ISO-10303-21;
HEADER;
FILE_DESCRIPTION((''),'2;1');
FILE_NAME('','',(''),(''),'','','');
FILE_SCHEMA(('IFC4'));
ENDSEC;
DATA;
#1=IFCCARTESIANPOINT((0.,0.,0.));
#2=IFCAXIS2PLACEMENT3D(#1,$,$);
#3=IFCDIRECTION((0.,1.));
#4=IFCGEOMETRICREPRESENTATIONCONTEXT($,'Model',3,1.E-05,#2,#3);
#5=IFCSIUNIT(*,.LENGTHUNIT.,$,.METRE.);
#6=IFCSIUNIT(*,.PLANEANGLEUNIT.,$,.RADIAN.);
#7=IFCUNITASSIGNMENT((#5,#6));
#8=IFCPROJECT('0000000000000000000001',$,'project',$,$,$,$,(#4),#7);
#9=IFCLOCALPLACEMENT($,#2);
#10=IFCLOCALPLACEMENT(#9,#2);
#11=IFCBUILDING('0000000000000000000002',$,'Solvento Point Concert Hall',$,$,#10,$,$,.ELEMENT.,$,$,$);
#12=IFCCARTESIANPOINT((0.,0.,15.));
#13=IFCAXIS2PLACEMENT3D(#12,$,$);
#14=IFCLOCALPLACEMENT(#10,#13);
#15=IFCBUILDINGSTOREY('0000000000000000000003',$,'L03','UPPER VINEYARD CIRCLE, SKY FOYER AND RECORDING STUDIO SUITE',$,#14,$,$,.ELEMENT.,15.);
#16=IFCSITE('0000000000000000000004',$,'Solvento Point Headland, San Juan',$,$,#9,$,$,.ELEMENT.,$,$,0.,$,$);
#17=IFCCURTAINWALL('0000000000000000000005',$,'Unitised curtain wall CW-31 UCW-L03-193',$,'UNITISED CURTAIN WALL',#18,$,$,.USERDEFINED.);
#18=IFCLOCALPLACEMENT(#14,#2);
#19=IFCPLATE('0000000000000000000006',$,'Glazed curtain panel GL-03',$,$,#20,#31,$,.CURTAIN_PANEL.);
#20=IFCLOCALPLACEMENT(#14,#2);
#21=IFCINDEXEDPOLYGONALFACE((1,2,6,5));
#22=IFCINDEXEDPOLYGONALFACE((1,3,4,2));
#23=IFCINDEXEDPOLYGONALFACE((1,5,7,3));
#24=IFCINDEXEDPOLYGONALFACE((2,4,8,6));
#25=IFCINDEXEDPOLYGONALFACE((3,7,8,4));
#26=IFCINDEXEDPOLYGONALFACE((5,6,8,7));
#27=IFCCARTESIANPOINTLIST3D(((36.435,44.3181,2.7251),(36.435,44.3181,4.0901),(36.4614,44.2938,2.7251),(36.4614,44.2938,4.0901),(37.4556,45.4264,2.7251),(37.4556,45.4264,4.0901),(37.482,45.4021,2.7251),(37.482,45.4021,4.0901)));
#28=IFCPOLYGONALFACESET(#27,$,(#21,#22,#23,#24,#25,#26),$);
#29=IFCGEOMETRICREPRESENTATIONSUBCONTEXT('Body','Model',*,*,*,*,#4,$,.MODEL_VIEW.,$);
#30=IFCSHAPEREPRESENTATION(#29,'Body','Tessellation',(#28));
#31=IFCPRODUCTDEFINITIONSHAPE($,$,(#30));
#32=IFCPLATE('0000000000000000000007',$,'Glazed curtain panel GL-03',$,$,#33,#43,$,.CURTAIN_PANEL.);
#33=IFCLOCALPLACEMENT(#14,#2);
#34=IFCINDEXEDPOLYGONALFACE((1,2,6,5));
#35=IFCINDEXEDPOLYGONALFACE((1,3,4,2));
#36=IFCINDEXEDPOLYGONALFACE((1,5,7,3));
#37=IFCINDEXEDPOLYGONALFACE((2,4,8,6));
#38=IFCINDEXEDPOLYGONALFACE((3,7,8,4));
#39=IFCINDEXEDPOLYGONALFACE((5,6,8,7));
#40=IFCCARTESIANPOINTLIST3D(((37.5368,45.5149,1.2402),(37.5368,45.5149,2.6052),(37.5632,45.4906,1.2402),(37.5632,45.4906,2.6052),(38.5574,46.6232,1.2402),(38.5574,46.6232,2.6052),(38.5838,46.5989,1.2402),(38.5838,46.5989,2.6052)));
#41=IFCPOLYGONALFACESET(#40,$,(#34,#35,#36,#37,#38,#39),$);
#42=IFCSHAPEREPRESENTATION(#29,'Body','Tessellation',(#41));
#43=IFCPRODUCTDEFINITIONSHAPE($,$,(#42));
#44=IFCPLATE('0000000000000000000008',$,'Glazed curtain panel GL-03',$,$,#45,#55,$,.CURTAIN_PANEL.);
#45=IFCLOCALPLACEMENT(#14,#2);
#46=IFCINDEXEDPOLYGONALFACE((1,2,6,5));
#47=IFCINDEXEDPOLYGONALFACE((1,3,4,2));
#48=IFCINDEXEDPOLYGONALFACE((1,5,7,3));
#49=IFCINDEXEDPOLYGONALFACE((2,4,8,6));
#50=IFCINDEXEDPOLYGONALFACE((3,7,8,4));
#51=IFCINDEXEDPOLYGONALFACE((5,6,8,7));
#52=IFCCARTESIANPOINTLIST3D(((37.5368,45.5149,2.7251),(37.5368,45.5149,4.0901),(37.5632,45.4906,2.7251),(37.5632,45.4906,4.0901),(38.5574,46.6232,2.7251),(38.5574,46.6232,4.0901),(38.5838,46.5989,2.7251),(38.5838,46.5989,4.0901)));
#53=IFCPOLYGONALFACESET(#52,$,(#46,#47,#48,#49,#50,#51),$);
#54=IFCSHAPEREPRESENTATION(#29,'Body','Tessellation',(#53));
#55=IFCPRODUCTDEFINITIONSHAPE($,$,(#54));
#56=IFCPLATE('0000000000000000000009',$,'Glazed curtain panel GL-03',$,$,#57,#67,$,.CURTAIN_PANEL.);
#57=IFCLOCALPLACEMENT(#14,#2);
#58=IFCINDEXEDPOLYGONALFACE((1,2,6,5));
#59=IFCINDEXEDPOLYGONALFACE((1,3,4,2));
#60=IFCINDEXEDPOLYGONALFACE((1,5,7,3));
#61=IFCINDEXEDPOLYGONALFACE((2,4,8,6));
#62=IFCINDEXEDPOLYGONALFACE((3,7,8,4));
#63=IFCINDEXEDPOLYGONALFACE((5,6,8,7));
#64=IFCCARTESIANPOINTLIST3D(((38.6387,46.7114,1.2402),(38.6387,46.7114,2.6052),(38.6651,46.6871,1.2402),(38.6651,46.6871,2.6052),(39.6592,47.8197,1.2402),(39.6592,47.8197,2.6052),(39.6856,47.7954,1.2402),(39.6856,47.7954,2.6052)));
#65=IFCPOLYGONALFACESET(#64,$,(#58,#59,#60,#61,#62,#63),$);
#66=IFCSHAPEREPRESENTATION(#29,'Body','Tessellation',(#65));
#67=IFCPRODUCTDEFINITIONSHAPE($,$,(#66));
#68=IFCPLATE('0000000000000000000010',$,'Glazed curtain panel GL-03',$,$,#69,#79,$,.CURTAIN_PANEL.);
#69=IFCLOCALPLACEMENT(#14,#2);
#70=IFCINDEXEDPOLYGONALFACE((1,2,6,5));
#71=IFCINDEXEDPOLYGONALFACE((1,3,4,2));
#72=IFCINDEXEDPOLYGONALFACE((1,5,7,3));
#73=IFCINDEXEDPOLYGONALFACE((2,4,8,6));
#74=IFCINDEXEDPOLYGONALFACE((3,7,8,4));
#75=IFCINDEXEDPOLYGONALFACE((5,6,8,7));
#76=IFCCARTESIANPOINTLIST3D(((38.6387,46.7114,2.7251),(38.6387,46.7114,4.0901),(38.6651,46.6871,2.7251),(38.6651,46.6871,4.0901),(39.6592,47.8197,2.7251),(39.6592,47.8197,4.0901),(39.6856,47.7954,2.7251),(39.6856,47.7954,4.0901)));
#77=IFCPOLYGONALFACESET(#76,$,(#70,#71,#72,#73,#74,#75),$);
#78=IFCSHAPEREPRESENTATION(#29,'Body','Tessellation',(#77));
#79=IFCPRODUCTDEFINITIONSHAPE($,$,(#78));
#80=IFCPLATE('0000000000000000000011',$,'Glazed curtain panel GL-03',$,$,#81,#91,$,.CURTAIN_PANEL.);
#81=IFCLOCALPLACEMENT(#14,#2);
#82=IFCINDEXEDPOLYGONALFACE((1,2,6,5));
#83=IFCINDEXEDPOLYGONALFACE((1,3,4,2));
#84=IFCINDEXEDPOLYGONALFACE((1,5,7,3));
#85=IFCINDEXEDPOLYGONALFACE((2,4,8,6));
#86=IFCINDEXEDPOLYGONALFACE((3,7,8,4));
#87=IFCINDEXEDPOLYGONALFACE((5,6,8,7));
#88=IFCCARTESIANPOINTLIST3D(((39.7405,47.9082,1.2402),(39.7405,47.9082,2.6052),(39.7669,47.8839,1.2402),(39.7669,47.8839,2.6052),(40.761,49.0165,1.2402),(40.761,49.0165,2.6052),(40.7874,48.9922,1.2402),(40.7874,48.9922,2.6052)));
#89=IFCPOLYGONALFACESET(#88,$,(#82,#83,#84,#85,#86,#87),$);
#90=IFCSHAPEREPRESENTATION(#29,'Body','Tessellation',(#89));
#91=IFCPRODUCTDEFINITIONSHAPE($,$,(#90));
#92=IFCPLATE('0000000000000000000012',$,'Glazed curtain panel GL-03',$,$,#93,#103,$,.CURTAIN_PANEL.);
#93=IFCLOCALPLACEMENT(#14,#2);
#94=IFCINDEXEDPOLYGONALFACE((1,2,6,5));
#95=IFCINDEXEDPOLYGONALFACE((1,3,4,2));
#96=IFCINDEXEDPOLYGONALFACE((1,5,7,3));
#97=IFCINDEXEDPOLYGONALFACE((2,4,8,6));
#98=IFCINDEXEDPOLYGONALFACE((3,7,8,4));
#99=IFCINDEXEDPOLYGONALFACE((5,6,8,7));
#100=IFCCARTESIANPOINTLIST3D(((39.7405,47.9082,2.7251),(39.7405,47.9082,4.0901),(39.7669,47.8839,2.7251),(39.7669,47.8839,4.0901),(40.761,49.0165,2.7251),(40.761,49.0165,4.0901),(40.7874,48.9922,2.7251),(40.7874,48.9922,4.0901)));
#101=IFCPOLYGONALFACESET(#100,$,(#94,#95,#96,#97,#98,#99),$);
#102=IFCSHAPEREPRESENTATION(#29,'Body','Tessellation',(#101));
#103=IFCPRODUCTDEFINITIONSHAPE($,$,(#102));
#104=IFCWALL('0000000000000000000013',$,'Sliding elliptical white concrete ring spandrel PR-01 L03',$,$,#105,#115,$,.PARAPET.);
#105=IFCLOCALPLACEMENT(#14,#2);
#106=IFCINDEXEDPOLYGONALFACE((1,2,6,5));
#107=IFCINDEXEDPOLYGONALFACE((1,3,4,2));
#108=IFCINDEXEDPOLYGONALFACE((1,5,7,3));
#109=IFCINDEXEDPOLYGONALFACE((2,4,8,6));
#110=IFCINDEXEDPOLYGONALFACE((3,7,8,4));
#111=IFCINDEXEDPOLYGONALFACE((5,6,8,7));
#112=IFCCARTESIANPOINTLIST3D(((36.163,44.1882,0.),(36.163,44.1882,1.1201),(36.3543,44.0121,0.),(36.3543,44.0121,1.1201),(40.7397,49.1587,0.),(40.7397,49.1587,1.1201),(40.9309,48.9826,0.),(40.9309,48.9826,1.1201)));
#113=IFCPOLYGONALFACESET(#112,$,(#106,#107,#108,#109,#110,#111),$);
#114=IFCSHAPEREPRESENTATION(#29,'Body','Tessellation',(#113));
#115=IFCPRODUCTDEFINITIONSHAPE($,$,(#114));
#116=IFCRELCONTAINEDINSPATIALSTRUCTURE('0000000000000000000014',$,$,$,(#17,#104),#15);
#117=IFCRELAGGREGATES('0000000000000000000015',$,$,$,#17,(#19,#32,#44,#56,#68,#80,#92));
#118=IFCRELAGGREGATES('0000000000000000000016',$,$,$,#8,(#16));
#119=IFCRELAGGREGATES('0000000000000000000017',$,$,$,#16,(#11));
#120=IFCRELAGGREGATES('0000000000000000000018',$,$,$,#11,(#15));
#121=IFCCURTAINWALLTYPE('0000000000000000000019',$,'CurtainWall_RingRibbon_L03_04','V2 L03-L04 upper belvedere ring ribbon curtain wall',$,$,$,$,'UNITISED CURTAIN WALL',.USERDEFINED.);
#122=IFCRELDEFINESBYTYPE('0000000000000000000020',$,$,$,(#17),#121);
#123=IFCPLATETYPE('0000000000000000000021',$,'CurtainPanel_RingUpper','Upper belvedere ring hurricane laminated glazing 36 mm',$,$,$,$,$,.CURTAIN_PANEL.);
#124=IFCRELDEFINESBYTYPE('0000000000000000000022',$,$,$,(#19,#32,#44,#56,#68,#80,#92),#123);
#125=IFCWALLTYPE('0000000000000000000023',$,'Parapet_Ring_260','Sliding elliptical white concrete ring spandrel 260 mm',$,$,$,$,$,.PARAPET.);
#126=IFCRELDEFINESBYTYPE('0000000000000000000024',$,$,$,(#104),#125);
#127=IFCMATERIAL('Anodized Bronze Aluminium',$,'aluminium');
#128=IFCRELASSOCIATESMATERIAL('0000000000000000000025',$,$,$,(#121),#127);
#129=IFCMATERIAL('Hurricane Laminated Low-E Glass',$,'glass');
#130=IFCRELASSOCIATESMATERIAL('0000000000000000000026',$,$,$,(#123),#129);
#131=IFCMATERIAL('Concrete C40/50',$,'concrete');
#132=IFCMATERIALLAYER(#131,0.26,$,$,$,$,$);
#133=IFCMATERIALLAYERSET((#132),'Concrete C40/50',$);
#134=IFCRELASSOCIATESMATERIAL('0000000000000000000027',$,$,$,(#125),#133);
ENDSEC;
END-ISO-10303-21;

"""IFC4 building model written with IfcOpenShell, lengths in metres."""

from ifc_helpers import new_model, si_unit, direction, frame, frame_2d, origin, origin_2d, place, context, subcontext, project, spatial, rectangle, extrude, material, layer, layer_set, type_object, element, aggregate, save


model = new_model("IFC4")

# Units and contexts
model_context = context("Model", 3, precision=1e-05, world=origin(), true_north=direction((0.0, 1.0)))
body_context = subcontext(model_context, "Body", "Model", "MODEL_VIEW")
ifc_project = project(units=[si_unit("LENGTHUNIT", "METRE"), si_unit("PLANEANGLEUNIT", "RADIAN")], contexts=[model_context])

# Site, building, storey
site_placement = place(None, origin())
site = spatial("IfcSite", under=ifc_project, at=site_placement, Name="Solvento Point Headland, San Juan", CompositionType="ELEMENT", RefElevation=0.0)
building_placement = place(site_placement, origin())
building = spatial("IfcBuilding", under=site, at=building_placement, Name="Solvento Point Concert Hall", CompositionType="ELEMENT")
storey_placement = place(building_placement, frame((0.0, 0.0, 15.0)))
storey = spatial("IfcBuildingStorey", under=building, at=storey_placement, Name="L03", Description="UPPER VINEYARD CIRCLE, SKY FOYER AND RECORDING STUDIO SUITE", CompositionType="ELEMENT", Elevation=15.0)

# Curtain wall
ifc_material_1 = material(Name="Anodized Bronze Aluminium", Category="aluminium")
curtain_wall_type = type_object("IfcCurtainWallType", Name="CurtainWall_RingRibbon_L03_04", Description="V2 L03-L04 upper belvedere ring ribbon curtain wall", ElementType="UNITISED CURTAIN WALL", PredefinedType="USERDEFINED", material=ifc_material_1)
curtain_wall_1_placement = place(storey_placement, origin())
curtain_wall_1 = element("IfcCurtainWall", 1, at=curtain_wall_1_placement, inside=storey, type_object=curtain_wall_type, Name="Unitised curtain wall CW-31 UCW-L03-193", ObjectType="UNITISED CURTAIN WALL", PredefinedType="USERDEFINED")

# Plates
ifc_material_2 = material(Name="Hurricane Laminated Low-E Glass", Category="glass")
plate_type = type_object("IfcPlateType", Name="CurtainPanel_RingUpper", Description="Upper belvedere ring hurricane laminated glazing 36 mm", PredefinedType="CURTAIN_PANEL", material=ifc_material_2)
plate_1_placement = place(storey_placement, frame((36.9585, 44.8601, 2.7251), z_axis=(0.0, 0.0, 1.0), x_axis=(0.677365, 0.735647, 0.0)))
plate_1 = element("IfcPlate", 2, at=plate_1_placement, type_object=plate_type, Name="Glazed curtain panel GL-03", PredefinedType="CURTAIN_PANEL", context=body_context, shape_type="SweptSolid", body=[
    extrude(rectangle(XDim=1.5066, YDim=0.0359, at=origin_2d()), origin(), (0.0, 0.0, 1.0), 1.365),
])
plate_2_placement = place(storey_placement, frame((38.0603, 46.0569, 1.2402), z_axis=(0.0, 0.0, 1.0), x_axis=(0.677365, 0.735647, 0.0)))
plate_2 = element("IfcPlate", 3, at=plate_2_placement, type_object=plate_type, Name="Glazed curtain panel GL-03", PredefinedType="CURTAIN_PANEL", context=body_context, shape_type="SweptSolid", body=[
    extrude(rectangle(XDim=1.5066, YDim=0.0359, at=origin_2d()), origin(), (0.0, 0.0, 1.0), 1.365),
])
plate_3_placement = place(storey_placement, frame((38.0603, 46.0569, 2.7251), z_axis=(0.0, 0.0, 1.0), x_axis=(0.677365, 0.735647, 0.0)))
plate_3 = element("IfcPlate", 4, at=plate_3_placement, type_object=plate_type, Name="Glazed curtain panel GL-03", PredefinedType="CURTAIN_PANEL", context=body_context, shape_type="SweptSolid", body=[
    extrude(rectangle(XDim=1.5066, YDim=0.0359, at=origin_2d()), origin(), (0.0, 0.0, 1.0), 1.365),
])
plate_4_placement = place(storey_placement, frame((39.1621, 47.2534, 1.2402), z_axis=(0.0, 0.0, 1.0), x_axis=(0.677365, 0.735647, 0.0)))
plate_4 = element("IfcPlate", 5, at=plate_4_placement, type_object=plate_type, Name="Glazed curtain panel GL-03", PredefinedType="CURTAIN_PANEL", context=body_context, shape_type="SweptSolid", body=[
    extrude(rectangle(XDim=1.5066, YDim=0.0359, at=origin_2d()), origin(), (0.0, 0.0, 1.0), 1.365),
])
plate_5_placement = place(storey_placement, frame((39.1621, 47.2534, 2.7251), z_axis=(0.0, 0.0, 1.0), x_axis=(0.677365, 0.735647, 0.0)))
plate_5 = element("IfcPlate", 6, at=plate_5_placement, type_object=plate_type, Name="Glazed curtain panel GL-03", PredefinedType="CURTAIN_PANEL", context=body_context, shape_type="SweptSolid", body=[
    extrude(rectangle(XDim=1.5066, YDim=0.0359, at=origin_2d()), origin(), (0.0, 0.0, 1.0), 1.365),
])
plate_6_placement = place(storey_placement, frame((40.2639, 48.4502, 1.2402), z_axis=(0.0, 0.0, 1.0), x_axis=(0.677365, 0.735647, 0.0)))
plate_6 = element("IfcPlate", 7, at=plate_6_placement, type_object=plate_type, Name="Glazed curtain panel GL-03", PredefinedType="CURTAIN_PANEL", context=body_context, shape_type="SweptSolid", body=[
    extrude(rectangle(XDim=1.5066, YDim=0.0359, at=origin_2d()), origin(), (0.0, 0.0, 1.0), 1.365),
])
plate_7_placement = place(storey_placement, frame((40.2639, 48.4502, 2.7251), z_axis=(0.0, 0.0, 1.0), x_axis=(0.677365, 0.735647, 0.0)))
plate_7 = element("IfcPlate", 8, at=plate_7_placement, type_object=plate_type, Name="Glazed curtain panel GL-03", PredefinedType="CURTAIN_PANEL", context=body_context, shape_type="SweptSolid", body=[
    extrude(rectangle(XDim=1.5066, YDim=0.0359, at=origin_2d()), origin(), (0.0, 0.0, 1.0), 1.365),
])
aggregate(curtain_wall_1, [plate_1, plate_2, plate_3, plate_4, plate_5, plate_6, plate_7])

# Wall
ifc_material_3 = material(Name="Concrete C40/50", Category="concrete")
ifc_layer = layer(ifc_material_3, 0.26)
ifc_layer_set = layer_set([ifc_layer], Name="Concrete C40/50")
wall_type = type_object("IfcWallType", Name="Parapet_Ring_260", Description="Sliding elliptical white concrete ring spandrel 260 mm", PredefinedType="PARAPET", material=ifc_layer_set)
wall_placement = place(storey_placement, frame((36.2585, 44.1001, 0.0), z_axis=(0.0, 0.0, 1.0), x_axis=(0.677364, 0.735648, 0.0)))
element("IfcWall", 9, at=wall_placement, inside=storey, type_object=wall_type, Name="Sliding elliptical white concrete ring spandrel PR-01 L03", PredefinedType="PARAPET", context=body_context, shape_type="SweptSolid", body=[
    extrude(rectangle(XDim=6.7566, YDim=0.26, at=frame_2d((3.3784, 0.0))), origin(), (0.0, 0.0, 1.0), 1.1201),
])

save(model, "model.ifc")
